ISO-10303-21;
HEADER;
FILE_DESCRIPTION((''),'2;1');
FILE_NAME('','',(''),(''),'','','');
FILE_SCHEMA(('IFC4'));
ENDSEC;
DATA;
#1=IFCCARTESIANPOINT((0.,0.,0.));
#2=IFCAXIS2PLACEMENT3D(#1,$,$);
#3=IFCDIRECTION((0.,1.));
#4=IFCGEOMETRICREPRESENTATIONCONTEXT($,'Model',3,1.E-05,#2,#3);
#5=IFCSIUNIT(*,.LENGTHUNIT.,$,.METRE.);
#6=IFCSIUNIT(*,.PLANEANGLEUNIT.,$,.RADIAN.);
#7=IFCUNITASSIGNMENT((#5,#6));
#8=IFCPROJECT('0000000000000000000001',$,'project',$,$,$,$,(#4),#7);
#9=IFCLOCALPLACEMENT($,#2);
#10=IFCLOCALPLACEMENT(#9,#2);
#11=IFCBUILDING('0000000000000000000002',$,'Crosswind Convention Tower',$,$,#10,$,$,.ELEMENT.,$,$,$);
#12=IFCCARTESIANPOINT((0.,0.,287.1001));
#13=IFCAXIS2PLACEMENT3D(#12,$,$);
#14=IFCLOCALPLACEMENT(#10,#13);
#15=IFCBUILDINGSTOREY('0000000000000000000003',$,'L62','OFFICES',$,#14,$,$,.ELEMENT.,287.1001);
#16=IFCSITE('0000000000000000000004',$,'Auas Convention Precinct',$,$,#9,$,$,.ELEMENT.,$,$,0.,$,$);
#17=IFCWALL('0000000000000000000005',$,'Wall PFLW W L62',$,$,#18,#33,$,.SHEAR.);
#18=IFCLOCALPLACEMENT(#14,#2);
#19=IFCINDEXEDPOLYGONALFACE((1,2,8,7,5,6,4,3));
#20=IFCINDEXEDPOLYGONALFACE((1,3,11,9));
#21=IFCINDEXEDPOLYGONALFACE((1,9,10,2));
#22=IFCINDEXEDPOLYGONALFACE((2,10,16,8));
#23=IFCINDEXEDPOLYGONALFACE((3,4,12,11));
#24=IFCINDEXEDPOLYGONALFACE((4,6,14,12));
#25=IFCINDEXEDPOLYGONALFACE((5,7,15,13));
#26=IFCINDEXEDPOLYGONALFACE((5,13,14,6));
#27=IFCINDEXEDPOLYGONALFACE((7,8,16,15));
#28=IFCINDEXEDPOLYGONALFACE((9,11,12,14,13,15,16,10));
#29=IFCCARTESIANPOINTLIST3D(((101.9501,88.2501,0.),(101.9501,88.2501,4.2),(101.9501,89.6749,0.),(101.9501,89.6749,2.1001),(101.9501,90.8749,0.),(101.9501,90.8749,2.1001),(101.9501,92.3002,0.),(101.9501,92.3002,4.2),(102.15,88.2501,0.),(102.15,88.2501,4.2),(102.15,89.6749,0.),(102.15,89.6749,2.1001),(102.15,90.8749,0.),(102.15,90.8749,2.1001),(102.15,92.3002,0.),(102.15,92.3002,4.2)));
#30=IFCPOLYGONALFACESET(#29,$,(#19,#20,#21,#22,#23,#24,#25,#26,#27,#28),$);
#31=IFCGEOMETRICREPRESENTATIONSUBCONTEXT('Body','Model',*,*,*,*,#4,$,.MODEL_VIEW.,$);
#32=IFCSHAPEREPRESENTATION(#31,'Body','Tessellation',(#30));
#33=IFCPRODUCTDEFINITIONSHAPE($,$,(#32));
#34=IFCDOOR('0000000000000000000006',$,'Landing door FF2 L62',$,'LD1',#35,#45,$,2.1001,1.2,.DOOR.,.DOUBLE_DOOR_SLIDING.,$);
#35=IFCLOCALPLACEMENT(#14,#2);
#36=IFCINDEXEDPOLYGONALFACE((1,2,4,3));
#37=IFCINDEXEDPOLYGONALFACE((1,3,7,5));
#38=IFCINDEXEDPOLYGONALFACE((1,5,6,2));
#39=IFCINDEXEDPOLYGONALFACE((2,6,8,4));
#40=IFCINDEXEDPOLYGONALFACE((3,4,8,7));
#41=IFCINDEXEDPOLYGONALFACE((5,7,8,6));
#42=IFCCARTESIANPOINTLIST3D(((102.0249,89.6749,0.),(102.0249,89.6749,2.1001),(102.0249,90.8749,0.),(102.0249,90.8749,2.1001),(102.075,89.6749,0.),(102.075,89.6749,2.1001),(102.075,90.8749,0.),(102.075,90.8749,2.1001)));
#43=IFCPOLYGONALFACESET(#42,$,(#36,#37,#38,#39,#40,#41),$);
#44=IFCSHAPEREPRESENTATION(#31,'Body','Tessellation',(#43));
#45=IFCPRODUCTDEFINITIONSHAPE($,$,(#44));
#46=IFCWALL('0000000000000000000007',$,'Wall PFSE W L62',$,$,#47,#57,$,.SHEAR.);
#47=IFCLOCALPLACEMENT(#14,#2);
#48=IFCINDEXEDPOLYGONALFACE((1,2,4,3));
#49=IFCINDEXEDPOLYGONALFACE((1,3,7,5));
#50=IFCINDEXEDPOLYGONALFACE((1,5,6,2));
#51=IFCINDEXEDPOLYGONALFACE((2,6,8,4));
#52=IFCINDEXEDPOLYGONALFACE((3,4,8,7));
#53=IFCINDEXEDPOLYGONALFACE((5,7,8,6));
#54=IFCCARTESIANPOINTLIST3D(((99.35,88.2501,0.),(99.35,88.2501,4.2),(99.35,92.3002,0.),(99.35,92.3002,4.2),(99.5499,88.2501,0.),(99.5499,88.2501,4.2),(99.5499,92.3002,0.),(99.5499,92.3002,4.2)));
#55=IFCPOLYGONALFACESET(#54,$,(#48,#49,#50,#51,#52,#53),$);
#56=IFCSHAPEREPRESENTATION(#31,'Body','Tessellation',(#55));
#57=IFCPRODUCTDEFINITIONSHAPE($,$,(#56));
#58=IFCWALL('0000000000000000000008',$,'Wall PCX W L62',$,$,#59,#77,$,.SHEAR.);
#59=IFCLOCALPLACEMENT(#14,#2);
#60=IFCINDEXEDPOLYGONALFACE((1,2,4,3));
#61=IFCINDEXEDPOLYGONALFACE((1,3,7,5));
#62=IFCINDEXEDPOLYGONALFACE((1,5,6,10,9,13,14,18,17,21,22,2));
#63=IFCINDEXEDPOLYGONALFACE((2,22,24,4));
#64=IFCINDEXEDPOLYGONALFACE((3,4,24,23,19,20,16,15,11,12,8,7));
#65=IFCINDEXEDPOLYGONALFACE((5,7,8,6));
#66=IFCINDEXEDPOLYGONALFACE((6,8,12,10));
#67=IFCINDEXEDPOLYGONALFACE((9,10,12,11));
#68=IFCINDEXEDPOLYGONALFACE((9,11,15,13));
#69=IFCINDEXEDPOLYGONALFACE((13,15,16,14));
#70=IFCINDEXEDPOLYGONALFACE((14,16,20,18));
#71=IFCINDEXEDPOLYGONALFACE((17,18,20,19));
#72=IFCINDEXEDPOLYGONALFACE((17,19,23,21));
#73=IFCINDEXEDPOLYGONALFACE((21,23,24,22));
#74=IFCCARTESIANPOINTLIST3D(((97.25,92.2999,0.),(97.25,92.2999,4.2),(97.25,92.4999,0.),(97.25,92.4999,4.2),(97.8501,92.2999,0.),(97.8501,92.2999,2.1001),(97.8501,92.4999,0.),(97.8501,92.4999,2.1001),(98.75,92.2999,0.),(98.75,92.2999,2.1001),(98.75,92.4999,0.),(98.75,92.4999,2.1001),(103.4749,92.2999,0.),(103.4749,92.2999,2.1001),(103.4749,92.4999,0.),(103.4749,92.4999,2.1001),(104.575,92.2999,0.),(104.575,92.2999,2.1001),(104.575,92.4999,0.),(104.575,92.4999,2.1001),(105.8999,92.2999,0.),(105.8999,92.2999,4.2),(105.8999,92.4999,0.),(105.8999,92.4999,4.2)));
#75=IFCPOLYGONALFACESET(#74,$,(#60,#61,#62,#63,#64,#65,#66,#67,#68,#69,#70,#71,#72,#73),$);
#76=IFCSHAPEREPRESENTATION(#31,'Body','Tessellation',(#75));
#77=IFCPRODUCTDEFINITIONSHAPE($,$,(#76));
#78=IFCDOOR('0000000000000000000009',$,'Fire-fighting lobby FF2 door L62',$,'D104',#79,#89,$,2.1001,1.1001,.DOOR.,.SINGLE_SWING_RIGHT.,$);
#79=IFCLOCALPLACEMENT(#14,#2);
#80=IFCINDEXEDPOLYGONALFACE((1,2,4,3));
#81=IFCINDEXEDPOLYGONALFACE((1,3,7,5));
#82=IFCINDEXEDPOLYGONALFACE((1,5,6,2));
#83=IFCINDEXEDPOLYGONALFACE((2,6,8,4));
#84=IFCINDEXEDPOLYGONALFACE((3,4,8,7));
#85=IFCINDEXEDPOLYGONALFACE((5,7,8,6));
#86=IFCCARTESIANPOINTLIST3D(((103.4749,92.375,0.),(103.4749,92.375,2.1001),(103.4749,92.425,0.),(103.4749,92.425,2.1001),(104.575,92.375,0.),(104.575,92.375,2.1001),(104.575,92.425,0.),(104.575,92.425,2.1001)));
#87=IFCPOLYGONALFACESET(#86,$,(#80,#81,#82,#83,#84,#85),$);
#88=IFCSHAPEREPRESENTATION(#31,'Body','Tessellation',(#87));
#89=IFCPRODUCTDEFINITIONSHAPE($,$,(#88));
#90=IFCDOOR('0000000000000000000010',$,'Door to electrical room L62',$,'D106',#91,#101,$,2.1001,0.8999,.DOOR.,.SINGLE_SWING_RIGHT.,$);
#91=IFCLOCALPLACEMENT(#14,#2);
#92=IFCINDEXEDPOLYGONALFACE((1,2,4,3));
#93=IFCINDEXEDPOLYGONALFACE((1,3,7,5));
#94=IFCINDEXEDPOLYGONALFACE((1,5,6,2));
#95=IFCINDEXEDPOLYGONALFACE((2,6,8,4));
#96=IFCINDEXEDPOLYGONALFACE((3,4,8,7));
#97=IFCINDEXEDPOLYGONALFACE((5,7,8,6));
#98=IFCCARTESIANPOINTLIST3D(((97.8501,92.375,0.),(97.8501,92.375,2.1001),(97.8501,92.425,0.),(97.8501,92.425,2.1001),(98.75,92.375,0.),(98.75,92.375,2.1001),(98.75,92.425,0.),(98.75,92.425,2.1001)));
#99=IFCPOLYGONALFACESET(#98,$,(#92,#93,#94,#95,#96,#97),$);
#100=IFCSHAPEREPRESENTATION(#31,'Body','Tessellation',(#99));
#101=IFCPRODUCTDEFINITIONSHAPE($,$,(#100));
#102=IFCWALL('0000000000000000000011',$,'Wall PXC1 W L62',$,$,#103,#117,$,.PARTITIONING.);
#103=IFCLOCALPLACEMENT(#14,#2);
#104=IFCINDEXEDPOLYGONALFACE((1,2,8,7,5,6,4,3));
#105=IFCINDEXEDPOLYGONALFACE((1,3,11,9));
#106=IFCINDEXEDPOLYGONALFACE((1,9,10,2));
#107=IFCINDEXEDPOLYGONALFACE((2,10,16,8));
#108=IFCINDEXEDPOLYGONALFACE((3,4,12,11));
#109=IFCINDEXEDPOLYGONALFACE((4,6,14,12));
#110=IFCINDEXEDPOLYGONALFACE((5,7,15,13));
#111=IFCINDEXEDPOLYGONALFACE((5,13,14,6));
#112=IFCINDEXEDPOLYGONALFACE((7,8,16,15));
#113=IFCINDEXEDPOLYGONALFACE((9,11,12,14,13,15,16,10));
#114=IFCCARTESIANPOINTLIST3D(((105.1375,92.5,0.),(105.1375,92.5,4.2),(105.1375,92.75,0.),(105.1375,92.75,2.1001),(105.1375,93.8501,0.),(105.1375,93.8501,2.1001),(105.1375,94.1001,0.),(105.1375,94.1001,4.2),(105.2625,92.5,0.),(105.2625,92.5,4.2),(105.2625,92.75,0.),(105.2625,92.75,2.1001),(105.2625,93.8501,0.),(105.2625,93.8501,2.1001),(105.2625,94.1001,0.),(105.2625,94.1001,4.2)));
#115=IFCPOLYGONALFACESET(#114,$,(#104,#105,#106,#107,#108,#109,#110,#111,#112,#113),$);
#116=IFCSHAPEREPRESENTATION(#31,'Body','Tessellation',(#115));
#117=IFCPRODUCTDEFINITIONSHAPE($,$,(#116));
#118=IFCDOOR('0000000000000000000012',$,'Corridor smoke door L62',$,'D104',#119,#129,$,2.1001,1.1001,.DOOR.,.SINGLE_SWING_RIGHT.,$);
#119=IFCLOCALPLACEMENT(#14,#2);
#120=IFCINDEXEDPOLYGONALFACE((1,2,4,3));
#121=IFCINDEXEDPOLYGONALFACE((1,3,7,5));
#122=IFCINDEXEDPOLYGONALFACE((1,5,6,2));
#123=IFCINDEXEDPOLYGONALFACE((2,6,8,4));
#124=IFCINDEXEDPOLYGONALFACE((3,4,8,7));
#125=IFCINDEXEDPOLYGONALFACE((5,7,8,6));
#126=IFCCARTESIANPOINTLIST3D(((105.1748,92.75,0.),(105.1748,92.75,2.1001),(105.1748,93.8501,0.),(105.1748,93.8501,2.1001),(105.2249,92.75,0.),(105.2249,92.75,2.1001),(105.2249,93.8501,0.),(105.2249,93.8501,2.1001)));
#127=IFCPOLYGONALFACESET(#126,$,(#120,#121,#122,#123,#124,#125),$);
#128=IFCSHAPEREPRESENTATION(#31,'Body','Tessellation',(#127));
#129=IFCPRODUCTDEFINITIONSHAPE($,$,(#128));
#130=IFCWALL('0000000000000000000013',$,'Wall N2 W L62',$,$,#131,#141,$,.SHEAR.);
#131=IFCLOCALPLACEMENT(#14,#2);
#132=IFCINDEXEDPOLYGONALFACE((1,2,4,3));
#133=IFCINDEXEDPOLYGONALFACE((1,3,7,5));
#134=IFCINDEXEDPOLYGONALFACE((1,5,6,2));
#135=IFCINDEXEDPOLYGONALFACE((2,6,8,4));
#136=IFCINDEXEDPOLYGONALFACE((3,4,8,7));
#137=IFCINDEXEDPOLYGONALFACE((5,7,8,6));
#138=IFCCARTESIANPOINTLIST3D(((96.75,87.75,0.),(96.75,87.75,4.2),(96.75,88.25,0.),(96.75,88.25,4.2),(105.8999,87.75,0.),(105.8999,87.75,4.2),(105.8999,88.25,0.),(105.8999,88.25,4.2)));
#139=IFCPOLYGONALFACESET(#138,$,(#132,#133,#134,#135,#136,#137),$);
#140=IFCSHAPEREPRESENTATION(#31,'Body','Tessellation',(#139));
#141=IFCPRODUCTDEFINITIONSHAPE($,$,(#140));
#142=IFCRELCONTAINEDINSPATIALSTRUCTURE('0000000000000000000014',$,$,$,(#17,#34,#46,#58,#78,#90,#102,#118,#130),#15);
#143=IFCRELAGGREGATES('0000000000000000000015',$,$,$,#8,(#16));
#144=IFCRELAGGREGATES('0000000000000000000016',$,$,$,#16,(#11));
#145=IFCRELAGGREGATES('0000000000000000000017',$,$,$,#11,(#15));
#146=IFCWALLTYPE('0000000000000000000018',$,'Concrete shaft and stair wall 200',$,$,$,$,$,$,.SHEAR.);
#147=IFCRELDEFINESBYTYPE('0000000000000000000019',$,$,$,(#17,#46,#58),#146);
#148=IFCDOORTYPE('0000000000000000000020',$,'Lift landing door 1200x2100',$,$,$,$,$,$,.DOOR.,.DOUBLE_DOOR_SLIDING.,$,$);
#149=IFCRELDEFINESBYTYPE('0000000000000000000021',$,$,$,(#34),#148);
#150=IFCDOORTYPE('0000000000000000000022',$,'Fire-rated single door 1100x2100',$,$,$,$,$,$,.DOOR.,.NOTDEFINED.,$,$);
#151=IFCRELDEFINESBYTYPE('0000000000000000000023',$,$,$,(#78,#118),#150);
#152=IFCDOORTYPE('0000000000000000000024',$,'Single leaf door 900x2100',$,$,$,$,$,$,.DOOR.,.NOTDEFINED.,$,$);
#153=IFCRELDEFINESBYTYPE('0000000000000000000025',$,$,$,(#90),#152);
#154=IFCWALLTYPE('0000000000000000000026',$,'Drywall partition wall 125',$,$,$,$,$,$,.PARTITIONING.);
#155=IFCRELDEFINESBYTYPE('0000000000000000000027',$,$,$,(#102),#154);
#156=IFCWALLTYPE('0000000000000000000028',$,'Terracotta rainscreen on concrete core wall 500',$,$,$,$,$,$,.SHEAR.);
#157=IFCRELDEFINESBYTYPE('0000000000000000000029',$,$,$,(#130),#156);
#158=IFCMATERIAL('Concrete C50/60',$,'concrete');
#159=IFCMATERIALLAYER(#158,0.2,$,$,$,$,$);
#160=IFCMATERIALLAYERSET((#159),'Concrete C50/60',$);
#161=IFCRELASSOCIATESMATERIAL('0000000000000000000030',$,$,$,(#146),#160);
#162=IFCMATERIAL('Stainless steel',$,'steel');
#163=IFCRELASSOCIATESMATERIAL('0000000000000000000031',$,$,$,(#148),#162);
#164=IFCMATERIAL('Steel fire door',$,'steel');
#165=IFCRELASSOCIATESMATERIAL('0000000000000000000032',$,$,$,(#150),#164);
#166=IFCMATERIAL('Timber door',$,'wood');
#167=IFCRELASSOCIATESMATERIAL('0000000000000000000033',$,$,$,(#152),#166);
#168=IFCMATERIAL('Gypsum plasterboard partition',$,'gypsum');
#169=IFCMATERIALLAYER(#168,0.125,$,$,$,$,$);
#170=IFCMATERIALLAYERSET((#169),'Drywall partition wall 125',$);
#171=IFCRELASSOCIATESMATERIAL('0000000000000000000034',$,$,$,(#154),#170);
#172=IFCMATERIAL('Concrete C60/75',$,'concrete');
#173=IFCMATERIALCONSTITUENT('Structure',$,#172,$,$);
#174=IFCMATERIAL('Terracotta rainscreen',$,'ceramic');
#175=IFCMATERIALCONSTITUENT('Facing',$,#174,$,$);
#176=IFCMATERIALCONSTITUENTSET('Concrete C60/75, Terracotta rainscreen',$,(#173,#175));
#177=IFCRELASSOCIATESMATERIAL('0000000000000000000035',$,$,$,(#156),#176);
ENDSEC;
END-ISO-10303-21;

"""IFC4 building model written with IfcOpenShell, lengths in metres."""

from ifc_helpers import new_model, si_unit, direction, frame, frame_2d, origin, place, context, subcontext, project, spatial, rectangle, extrude, material, layer, layer_set, constituent, constituent_set, type_object, element, fill, save


model = new_model("IFC4")

# Units and contexts
model_context = context("Model", 3, precision=1e-05, world=origin(), true_north=direction((0.0, 1.0)))
body_context = subcontext(model_context, "Body", "Model", "MODEL_VIEW")
ifc_project = project(units=[si_unit("LENGTHUNIT", "METRE"), si_unit("PLANEANGLEUNIT", "RADIAN")], contexts=[model_context])

# Site, building, storey
site_placement = place(None, origin())
site = spatial("IfcSite", under=ifc_project, at=site_placement, Name="Auas Convention Precinct", CompositionType="ELEMENT", RefElevation=0.0)
building_placement = place(site_placement, origin())
building = spatial("IfcBuilding", under=site, at=building_placement, Name="Crosswind Convention Tower", CompositionType="ELEMENT")
storey_placement = place(building_placement, frame((0.0, 0.0, 287.1001)))
storey = spatial("IfcBuildingStorey", under=building, at=storey_placement, Name="L62", Description="OFFICES", CompositionType="ELEMENT", Elevation=287.1001)

# Shared definitions
ifc_material_1 = material(Name="Concrete C50/60", Category="concrete")
ifc_layer_1 = layer(ifc_material_1, 0.2)
ifc_layer_set_1 = layer_set([ifc_layer_1], Name="Concrete C50/60")
wall_type_1 = type_object("IfcWallType", Name="Concrete shaft and stair wall 200", PredefinedType="SHEAR", material=ifc_layer_set_1)

# Wall, opening, door
wall_1_placement = place(storey_placement, frame((102.05, 92.3, 0.0), z_axis=(0.0, 0.0, 1.0), x_axis=(0.0, -1.0, 0.0)))
wall_1 = element("IfcWall", 1, at=wall_1_placement, inside=storey, type_object=wall_type_1, Name="Wall PFLW W L62", PredefinedType="SHEAR", context=body_context, shape_type="SweptSolid", body=[
    extrude(rectangle(XDim=4.05, YDim=0.2, at=frame_2d((2.0249, 0.0))), origin(), (0.0, 0.0, 1.0), 4.2),
])
opening_1_placement = place(wall_1_placement, frame((1.425, 0.0, 0.0)))
opening_1 = element("IfcOpeningElement", 2, at=opening_1_placement, cuts=wall_1, PredefinedType="OPENING", context=body_context, shape_type="SweptSolid", body=[
    extrude(rectangle(XDim=1.2, YDim=2.1001, at=frame_2d((0.6001, 1.05))), frame((0.0, 0.1099, 0.0), z_axis=(0.0, -1.0, 0.0), x_axis=(1.0, 0.0, 0.0)), (0.0, 0.0, 1.0), 0.22),
])
ifc_material_2 = material(Name="Stainless steel", Category="steel")
door_type_1 = type_object("IfcDoorType", Name="Lift landing door 1200x2100", OperationType="DOUBLE_DOOR_SLIDING", PredefinedType="DOOR", material=ifc_material_2)
door_1_placement = place(opening_1_placement, origin())
door_1 = element("IfcDoor", 3, at=door_1_placement, inside=storey, type_object=door_type_1, Name="Landing door FF2 L62", ObjectType="LD1", OperationType="DOUBLE_DOOR_SLIDING", OverallHeight=2.1001, OverallWidth=1.2, PredefinedType="DOOR", context=body_context, shape_type="SweptSolid", body=[
    extrude(rectangle(XDim=1.2, YDim=2.1001, at=frame_2d((0.6001, 1.05))), frame((0.0, 0.0249, 0.0), z_axis=(0.0, -1.0, 0.0), x_axis=(1.0, 0.0, 0.0)), (0.0, 0.0, 1.0), 0.05),
])
fill(opening_1, door_1)

# Wall
wall_2_placement = place(storey_placement, frame((99.45, 92.3, 0.0), z_axis=(0.0, 0.0, 1.0), x_axis=(0.0, -1.0, 0.0)))
element("IfcWall", 4, at=wall_2_placement, inside=storey, type_object=wall_type_1, Name="Wall PFSE W L62", PredefinedType="SHEAR", context=body_context, shape_type="SweptSolid", body=[
    extrude(rectangle(XDim=4.05, YDim=0.2, at=frame_2d((2.0249, 0.0))), origin(), (0.0, 0.0, 1.0), 4.2),
])

# Wall, openings, doors
wall_3_placement = place(storey_placement, frame((105.8999, 92.3999, 0.0), z_axis=(0.0, 0.0, 1.0), x_axis=(-1.0, 0.0, 0.0)))
wall_3 = element("IfcWall", 5, at=wall_3_placement, inside=storey, type_object=wall_type_1, Name="Wall PCX W L62", PredefinedType="SHEAR", context=body_context, shape_type="SweptSolid", body=[
    extrude(rectangle(XDim=8.6499, YDim=0.2, at=frame_2d((4.325, 0.0))), origin(), (0.0, 0.0, 1.0), 4.2),
])
opening_2_placement = place(wall_3_placement, frame((1.325, 0.0, 0.0)))
opening_2 = element("IfcOpeningElement", 6, at=opening_2_placement, cuts=wall_3, PredefinedType="OPENING", context=body_context, shape_type="SweptSolid", body=[
    extrude(rectangle(XDim=1.1001, YDim=2.1001, at=frame_2d((0.55, 1.05))), frame((0.0, 0.1099, 0.0), z_axis=(0.0, -1.0, 0.0), x_axis=(1.0, 0.0, 0.0)), (0.0, 0.0, 1.0), 0.22),
])
opening_3_placement = place(wall_3_placement, frame((7.1499, 0.0, 0.0)))
opening_3 = element("IfcOpeningElement", 7, at=opening_3_placement, cuts=wall_3, PredefinedType="OPENING", context=body_context, shape_type="SweptSolid", body=[
    extrude(rectangle(XDim=0.8999, YDim=2.1001, at=frame_2d((0.45, 1.05))), frame((0.0, 0.1099, 0.0), z_axis=(0.0, -1.0, 0.0), x_axis=(1.0, 0.0, 0.0)), (0.0, 0.0, 1.0), 0.22),
])
ifc_material_3 = material(Name="Steel fire door", Category="steel")
door_type_2 = type_object("IfcDoorType", Name="Fire-rated single door 1100x2100", OperationType="NOTDEFINED", PredefinedType="DOOR", material=ifc_material_3)
door_2_placement = place(opening_2_placement, origin())
door_2 = element("IfcDoor", 8, at=door_2_placement, inside=storey, type_object=door_type_2, Name="Fire-fighting lobby FF2 door L62", ObjectType="D104", OperationType="SINGLE_SWING_RIGHT", OverallHeight=2.1001, OverallWidth=1.1001, PredefinedType="DOOR", context=body_context, shape_type="SweptSolid", body=[
    extrude(rectangle(XDim=1.1001, YDim=2.1001, at=frame_2d((0.55, 1.05))), frame((0.0, 0.0249, 0.0), z_axis=(0.0, -1.0, 0.0), x_axis=(1.0, 0.0, 0.0)), (0.0, 0.0, 1.0), 0.05),
])
fill(opening_2, door_2)
ifc_material_4 = material(Name="Timber door", Category="wood")
door_type_3 = type_object("IfcDoorType", Name="Single leaf door 900x2100", OperationType="NOTDEFINED", PredefinedType="DOOR", material=ifc_material_4)
door_3_placement = place(opening_3_placement, origin())
door_3 = element("IfcDoor", 9, at=door_3_placement, inside=storey, type_object=door_type_3, Name="Door to electrical room L62", ObjectType="D106", OperationType="SINGLE_SWING_RIGHT", OverallHeight=2.1001, OverallWidth=0.8999, PredefinedType="DOOR", context=body_context, shape_type="SweptSolid", body=[
    extrude(rectangle(XDim=0.8999, YDim=2.1001, at=frame_2d((0.45, 1.05))), frame((0.0, 0.0249, 0.0), z_axis=(0.0, -1.0, 0.0), x_axis=(1.0, 0.0, 0.0)), (0.0, 0.0, 1.0), 0.05),
])
fill(opening_3, door_3)

# Wall, opening, door
ifc_material_5 = material(Name="Gypsum plasterboard partition", Category="gypsum")
ifc_layer_2 = layer(ifc_material_5, 0.125)
ifc_layer_set_2 = layer_set([ifc_layer_2], Name="Drywall partition wall 125")
wall_type_2 = type_object("IfcWallType", Name="Drywall partition wall 125", PredefinedType="PARTITIONING", material=ifc_layer_set_2)
wall_4_placement = place(storey_placement, frame((105.2, 94.1001, 0.0), z_axis=(0.0, 0.0, 1.0), x_axis=(0.0, -1.0, 0.0)))
wall_4 = element("IfcWall", 10, at=wall_4_placement, inside=storey, type_object=wall_type_2, Name="Wall PXC1 W L62", PredefinedType="PARTITIONING", context=body_context, shape_type="SweptSolid", body=[
    extrude(rectangle(XDim=1.6001, YDim=0.125, at=frame_2d((0.8, 0.0))), origin(), (0.0, 0.0, 1.0), 4.2),
])
opening_4_placement = place(wall_4_placement, frame((0.25, 0.0, 0.0)))
opening_4 = element("IfcOpeningElement", 11, at=opening_4_placement, cuts=wall_4, PredefinedType="OPENING", context=body_context, shape_type="SweptSolid", body=[
    extrude(rectangle(XDim=1.1001, YDim=2.1001, at=frame_2d((0.55, 1.05))), frame((0.0, 0.0725, 0.0), z_axis=(0.0, -1.0, 0.0), x_axis=(1.0, 0.0, 0.0)), (0.0, 0.0, 1.0), 0.145),
])
door_4_placement = place(opening_4_placement, origin())
door_4 = element("IfcDoor", 12, at=door_4_placement, inside=storey, type_object=door_type_2, Name="Corridor smoke door L62", ObjectType="D104", OperationType="SINGLE_SWING_RIGHT", OverallHeight=2.1001, OverallWidth=1.1001, PredefinedType="DOOR", context=body_context, shape_type="SweptSolid", body=[
    extrude(rectangle(XDim=1.1001, YDim=2.1001, at=frame_2d((0.55, 1.05))), frame((0.0, 0.0249, 0.0), z_axis=(0.0, -1.0, 0.0), x_axis=(1.0, 0.0, 0.0)), (0.0, 0.0, 1.0), 0.05),
])
fill(opening_4, door_4)

# Wall
ifc_material_6 = material(Name="Concrete C60/75", Category="concrete")
ifc_constituent_1 = constituent(ifc_material_6, Name="Structure")
ifc_material_7 = material(Name="Terracotta rainscreen", Category="ceramic")
ifc_constituent_2 = constituent(ifc_material_7, Name="Facing")
ifc_constituent_set = constituent_set(constituents=[ifc_constituent_1, ifc_constituent_2], Name="Concrete C60/75, Terracotta rainscreen")
wall_type_3 = type_object("IfcWallType", Name="Terracotta rainscreen on concrete core wall 500", PredefinedType="SHEAR", material=ifc_constituent_set)
wall_5_placement = place(storey_placement, frame((105.8999, 88.0, 0.0), z_axis=(0.0, 0.0, 1.0), x_axis=(-1.0, 0.0, 0.0)))
element("IfcWall", 13, at=wall_5_placement, inside=storey, type_object=wall_type_3, Name="Wall N2 W L62", PredefinedType="SHEAR", context=body_context, shape_type="SweptSolid", body=[
    extrude(rectangle(XDim=9.1499, YDim=0.5, at=frame_2d((4.575, 0.0))), origin(), (0.0, 0.0, 1.0), 4.2),
])

save(model, "model.ifc")
